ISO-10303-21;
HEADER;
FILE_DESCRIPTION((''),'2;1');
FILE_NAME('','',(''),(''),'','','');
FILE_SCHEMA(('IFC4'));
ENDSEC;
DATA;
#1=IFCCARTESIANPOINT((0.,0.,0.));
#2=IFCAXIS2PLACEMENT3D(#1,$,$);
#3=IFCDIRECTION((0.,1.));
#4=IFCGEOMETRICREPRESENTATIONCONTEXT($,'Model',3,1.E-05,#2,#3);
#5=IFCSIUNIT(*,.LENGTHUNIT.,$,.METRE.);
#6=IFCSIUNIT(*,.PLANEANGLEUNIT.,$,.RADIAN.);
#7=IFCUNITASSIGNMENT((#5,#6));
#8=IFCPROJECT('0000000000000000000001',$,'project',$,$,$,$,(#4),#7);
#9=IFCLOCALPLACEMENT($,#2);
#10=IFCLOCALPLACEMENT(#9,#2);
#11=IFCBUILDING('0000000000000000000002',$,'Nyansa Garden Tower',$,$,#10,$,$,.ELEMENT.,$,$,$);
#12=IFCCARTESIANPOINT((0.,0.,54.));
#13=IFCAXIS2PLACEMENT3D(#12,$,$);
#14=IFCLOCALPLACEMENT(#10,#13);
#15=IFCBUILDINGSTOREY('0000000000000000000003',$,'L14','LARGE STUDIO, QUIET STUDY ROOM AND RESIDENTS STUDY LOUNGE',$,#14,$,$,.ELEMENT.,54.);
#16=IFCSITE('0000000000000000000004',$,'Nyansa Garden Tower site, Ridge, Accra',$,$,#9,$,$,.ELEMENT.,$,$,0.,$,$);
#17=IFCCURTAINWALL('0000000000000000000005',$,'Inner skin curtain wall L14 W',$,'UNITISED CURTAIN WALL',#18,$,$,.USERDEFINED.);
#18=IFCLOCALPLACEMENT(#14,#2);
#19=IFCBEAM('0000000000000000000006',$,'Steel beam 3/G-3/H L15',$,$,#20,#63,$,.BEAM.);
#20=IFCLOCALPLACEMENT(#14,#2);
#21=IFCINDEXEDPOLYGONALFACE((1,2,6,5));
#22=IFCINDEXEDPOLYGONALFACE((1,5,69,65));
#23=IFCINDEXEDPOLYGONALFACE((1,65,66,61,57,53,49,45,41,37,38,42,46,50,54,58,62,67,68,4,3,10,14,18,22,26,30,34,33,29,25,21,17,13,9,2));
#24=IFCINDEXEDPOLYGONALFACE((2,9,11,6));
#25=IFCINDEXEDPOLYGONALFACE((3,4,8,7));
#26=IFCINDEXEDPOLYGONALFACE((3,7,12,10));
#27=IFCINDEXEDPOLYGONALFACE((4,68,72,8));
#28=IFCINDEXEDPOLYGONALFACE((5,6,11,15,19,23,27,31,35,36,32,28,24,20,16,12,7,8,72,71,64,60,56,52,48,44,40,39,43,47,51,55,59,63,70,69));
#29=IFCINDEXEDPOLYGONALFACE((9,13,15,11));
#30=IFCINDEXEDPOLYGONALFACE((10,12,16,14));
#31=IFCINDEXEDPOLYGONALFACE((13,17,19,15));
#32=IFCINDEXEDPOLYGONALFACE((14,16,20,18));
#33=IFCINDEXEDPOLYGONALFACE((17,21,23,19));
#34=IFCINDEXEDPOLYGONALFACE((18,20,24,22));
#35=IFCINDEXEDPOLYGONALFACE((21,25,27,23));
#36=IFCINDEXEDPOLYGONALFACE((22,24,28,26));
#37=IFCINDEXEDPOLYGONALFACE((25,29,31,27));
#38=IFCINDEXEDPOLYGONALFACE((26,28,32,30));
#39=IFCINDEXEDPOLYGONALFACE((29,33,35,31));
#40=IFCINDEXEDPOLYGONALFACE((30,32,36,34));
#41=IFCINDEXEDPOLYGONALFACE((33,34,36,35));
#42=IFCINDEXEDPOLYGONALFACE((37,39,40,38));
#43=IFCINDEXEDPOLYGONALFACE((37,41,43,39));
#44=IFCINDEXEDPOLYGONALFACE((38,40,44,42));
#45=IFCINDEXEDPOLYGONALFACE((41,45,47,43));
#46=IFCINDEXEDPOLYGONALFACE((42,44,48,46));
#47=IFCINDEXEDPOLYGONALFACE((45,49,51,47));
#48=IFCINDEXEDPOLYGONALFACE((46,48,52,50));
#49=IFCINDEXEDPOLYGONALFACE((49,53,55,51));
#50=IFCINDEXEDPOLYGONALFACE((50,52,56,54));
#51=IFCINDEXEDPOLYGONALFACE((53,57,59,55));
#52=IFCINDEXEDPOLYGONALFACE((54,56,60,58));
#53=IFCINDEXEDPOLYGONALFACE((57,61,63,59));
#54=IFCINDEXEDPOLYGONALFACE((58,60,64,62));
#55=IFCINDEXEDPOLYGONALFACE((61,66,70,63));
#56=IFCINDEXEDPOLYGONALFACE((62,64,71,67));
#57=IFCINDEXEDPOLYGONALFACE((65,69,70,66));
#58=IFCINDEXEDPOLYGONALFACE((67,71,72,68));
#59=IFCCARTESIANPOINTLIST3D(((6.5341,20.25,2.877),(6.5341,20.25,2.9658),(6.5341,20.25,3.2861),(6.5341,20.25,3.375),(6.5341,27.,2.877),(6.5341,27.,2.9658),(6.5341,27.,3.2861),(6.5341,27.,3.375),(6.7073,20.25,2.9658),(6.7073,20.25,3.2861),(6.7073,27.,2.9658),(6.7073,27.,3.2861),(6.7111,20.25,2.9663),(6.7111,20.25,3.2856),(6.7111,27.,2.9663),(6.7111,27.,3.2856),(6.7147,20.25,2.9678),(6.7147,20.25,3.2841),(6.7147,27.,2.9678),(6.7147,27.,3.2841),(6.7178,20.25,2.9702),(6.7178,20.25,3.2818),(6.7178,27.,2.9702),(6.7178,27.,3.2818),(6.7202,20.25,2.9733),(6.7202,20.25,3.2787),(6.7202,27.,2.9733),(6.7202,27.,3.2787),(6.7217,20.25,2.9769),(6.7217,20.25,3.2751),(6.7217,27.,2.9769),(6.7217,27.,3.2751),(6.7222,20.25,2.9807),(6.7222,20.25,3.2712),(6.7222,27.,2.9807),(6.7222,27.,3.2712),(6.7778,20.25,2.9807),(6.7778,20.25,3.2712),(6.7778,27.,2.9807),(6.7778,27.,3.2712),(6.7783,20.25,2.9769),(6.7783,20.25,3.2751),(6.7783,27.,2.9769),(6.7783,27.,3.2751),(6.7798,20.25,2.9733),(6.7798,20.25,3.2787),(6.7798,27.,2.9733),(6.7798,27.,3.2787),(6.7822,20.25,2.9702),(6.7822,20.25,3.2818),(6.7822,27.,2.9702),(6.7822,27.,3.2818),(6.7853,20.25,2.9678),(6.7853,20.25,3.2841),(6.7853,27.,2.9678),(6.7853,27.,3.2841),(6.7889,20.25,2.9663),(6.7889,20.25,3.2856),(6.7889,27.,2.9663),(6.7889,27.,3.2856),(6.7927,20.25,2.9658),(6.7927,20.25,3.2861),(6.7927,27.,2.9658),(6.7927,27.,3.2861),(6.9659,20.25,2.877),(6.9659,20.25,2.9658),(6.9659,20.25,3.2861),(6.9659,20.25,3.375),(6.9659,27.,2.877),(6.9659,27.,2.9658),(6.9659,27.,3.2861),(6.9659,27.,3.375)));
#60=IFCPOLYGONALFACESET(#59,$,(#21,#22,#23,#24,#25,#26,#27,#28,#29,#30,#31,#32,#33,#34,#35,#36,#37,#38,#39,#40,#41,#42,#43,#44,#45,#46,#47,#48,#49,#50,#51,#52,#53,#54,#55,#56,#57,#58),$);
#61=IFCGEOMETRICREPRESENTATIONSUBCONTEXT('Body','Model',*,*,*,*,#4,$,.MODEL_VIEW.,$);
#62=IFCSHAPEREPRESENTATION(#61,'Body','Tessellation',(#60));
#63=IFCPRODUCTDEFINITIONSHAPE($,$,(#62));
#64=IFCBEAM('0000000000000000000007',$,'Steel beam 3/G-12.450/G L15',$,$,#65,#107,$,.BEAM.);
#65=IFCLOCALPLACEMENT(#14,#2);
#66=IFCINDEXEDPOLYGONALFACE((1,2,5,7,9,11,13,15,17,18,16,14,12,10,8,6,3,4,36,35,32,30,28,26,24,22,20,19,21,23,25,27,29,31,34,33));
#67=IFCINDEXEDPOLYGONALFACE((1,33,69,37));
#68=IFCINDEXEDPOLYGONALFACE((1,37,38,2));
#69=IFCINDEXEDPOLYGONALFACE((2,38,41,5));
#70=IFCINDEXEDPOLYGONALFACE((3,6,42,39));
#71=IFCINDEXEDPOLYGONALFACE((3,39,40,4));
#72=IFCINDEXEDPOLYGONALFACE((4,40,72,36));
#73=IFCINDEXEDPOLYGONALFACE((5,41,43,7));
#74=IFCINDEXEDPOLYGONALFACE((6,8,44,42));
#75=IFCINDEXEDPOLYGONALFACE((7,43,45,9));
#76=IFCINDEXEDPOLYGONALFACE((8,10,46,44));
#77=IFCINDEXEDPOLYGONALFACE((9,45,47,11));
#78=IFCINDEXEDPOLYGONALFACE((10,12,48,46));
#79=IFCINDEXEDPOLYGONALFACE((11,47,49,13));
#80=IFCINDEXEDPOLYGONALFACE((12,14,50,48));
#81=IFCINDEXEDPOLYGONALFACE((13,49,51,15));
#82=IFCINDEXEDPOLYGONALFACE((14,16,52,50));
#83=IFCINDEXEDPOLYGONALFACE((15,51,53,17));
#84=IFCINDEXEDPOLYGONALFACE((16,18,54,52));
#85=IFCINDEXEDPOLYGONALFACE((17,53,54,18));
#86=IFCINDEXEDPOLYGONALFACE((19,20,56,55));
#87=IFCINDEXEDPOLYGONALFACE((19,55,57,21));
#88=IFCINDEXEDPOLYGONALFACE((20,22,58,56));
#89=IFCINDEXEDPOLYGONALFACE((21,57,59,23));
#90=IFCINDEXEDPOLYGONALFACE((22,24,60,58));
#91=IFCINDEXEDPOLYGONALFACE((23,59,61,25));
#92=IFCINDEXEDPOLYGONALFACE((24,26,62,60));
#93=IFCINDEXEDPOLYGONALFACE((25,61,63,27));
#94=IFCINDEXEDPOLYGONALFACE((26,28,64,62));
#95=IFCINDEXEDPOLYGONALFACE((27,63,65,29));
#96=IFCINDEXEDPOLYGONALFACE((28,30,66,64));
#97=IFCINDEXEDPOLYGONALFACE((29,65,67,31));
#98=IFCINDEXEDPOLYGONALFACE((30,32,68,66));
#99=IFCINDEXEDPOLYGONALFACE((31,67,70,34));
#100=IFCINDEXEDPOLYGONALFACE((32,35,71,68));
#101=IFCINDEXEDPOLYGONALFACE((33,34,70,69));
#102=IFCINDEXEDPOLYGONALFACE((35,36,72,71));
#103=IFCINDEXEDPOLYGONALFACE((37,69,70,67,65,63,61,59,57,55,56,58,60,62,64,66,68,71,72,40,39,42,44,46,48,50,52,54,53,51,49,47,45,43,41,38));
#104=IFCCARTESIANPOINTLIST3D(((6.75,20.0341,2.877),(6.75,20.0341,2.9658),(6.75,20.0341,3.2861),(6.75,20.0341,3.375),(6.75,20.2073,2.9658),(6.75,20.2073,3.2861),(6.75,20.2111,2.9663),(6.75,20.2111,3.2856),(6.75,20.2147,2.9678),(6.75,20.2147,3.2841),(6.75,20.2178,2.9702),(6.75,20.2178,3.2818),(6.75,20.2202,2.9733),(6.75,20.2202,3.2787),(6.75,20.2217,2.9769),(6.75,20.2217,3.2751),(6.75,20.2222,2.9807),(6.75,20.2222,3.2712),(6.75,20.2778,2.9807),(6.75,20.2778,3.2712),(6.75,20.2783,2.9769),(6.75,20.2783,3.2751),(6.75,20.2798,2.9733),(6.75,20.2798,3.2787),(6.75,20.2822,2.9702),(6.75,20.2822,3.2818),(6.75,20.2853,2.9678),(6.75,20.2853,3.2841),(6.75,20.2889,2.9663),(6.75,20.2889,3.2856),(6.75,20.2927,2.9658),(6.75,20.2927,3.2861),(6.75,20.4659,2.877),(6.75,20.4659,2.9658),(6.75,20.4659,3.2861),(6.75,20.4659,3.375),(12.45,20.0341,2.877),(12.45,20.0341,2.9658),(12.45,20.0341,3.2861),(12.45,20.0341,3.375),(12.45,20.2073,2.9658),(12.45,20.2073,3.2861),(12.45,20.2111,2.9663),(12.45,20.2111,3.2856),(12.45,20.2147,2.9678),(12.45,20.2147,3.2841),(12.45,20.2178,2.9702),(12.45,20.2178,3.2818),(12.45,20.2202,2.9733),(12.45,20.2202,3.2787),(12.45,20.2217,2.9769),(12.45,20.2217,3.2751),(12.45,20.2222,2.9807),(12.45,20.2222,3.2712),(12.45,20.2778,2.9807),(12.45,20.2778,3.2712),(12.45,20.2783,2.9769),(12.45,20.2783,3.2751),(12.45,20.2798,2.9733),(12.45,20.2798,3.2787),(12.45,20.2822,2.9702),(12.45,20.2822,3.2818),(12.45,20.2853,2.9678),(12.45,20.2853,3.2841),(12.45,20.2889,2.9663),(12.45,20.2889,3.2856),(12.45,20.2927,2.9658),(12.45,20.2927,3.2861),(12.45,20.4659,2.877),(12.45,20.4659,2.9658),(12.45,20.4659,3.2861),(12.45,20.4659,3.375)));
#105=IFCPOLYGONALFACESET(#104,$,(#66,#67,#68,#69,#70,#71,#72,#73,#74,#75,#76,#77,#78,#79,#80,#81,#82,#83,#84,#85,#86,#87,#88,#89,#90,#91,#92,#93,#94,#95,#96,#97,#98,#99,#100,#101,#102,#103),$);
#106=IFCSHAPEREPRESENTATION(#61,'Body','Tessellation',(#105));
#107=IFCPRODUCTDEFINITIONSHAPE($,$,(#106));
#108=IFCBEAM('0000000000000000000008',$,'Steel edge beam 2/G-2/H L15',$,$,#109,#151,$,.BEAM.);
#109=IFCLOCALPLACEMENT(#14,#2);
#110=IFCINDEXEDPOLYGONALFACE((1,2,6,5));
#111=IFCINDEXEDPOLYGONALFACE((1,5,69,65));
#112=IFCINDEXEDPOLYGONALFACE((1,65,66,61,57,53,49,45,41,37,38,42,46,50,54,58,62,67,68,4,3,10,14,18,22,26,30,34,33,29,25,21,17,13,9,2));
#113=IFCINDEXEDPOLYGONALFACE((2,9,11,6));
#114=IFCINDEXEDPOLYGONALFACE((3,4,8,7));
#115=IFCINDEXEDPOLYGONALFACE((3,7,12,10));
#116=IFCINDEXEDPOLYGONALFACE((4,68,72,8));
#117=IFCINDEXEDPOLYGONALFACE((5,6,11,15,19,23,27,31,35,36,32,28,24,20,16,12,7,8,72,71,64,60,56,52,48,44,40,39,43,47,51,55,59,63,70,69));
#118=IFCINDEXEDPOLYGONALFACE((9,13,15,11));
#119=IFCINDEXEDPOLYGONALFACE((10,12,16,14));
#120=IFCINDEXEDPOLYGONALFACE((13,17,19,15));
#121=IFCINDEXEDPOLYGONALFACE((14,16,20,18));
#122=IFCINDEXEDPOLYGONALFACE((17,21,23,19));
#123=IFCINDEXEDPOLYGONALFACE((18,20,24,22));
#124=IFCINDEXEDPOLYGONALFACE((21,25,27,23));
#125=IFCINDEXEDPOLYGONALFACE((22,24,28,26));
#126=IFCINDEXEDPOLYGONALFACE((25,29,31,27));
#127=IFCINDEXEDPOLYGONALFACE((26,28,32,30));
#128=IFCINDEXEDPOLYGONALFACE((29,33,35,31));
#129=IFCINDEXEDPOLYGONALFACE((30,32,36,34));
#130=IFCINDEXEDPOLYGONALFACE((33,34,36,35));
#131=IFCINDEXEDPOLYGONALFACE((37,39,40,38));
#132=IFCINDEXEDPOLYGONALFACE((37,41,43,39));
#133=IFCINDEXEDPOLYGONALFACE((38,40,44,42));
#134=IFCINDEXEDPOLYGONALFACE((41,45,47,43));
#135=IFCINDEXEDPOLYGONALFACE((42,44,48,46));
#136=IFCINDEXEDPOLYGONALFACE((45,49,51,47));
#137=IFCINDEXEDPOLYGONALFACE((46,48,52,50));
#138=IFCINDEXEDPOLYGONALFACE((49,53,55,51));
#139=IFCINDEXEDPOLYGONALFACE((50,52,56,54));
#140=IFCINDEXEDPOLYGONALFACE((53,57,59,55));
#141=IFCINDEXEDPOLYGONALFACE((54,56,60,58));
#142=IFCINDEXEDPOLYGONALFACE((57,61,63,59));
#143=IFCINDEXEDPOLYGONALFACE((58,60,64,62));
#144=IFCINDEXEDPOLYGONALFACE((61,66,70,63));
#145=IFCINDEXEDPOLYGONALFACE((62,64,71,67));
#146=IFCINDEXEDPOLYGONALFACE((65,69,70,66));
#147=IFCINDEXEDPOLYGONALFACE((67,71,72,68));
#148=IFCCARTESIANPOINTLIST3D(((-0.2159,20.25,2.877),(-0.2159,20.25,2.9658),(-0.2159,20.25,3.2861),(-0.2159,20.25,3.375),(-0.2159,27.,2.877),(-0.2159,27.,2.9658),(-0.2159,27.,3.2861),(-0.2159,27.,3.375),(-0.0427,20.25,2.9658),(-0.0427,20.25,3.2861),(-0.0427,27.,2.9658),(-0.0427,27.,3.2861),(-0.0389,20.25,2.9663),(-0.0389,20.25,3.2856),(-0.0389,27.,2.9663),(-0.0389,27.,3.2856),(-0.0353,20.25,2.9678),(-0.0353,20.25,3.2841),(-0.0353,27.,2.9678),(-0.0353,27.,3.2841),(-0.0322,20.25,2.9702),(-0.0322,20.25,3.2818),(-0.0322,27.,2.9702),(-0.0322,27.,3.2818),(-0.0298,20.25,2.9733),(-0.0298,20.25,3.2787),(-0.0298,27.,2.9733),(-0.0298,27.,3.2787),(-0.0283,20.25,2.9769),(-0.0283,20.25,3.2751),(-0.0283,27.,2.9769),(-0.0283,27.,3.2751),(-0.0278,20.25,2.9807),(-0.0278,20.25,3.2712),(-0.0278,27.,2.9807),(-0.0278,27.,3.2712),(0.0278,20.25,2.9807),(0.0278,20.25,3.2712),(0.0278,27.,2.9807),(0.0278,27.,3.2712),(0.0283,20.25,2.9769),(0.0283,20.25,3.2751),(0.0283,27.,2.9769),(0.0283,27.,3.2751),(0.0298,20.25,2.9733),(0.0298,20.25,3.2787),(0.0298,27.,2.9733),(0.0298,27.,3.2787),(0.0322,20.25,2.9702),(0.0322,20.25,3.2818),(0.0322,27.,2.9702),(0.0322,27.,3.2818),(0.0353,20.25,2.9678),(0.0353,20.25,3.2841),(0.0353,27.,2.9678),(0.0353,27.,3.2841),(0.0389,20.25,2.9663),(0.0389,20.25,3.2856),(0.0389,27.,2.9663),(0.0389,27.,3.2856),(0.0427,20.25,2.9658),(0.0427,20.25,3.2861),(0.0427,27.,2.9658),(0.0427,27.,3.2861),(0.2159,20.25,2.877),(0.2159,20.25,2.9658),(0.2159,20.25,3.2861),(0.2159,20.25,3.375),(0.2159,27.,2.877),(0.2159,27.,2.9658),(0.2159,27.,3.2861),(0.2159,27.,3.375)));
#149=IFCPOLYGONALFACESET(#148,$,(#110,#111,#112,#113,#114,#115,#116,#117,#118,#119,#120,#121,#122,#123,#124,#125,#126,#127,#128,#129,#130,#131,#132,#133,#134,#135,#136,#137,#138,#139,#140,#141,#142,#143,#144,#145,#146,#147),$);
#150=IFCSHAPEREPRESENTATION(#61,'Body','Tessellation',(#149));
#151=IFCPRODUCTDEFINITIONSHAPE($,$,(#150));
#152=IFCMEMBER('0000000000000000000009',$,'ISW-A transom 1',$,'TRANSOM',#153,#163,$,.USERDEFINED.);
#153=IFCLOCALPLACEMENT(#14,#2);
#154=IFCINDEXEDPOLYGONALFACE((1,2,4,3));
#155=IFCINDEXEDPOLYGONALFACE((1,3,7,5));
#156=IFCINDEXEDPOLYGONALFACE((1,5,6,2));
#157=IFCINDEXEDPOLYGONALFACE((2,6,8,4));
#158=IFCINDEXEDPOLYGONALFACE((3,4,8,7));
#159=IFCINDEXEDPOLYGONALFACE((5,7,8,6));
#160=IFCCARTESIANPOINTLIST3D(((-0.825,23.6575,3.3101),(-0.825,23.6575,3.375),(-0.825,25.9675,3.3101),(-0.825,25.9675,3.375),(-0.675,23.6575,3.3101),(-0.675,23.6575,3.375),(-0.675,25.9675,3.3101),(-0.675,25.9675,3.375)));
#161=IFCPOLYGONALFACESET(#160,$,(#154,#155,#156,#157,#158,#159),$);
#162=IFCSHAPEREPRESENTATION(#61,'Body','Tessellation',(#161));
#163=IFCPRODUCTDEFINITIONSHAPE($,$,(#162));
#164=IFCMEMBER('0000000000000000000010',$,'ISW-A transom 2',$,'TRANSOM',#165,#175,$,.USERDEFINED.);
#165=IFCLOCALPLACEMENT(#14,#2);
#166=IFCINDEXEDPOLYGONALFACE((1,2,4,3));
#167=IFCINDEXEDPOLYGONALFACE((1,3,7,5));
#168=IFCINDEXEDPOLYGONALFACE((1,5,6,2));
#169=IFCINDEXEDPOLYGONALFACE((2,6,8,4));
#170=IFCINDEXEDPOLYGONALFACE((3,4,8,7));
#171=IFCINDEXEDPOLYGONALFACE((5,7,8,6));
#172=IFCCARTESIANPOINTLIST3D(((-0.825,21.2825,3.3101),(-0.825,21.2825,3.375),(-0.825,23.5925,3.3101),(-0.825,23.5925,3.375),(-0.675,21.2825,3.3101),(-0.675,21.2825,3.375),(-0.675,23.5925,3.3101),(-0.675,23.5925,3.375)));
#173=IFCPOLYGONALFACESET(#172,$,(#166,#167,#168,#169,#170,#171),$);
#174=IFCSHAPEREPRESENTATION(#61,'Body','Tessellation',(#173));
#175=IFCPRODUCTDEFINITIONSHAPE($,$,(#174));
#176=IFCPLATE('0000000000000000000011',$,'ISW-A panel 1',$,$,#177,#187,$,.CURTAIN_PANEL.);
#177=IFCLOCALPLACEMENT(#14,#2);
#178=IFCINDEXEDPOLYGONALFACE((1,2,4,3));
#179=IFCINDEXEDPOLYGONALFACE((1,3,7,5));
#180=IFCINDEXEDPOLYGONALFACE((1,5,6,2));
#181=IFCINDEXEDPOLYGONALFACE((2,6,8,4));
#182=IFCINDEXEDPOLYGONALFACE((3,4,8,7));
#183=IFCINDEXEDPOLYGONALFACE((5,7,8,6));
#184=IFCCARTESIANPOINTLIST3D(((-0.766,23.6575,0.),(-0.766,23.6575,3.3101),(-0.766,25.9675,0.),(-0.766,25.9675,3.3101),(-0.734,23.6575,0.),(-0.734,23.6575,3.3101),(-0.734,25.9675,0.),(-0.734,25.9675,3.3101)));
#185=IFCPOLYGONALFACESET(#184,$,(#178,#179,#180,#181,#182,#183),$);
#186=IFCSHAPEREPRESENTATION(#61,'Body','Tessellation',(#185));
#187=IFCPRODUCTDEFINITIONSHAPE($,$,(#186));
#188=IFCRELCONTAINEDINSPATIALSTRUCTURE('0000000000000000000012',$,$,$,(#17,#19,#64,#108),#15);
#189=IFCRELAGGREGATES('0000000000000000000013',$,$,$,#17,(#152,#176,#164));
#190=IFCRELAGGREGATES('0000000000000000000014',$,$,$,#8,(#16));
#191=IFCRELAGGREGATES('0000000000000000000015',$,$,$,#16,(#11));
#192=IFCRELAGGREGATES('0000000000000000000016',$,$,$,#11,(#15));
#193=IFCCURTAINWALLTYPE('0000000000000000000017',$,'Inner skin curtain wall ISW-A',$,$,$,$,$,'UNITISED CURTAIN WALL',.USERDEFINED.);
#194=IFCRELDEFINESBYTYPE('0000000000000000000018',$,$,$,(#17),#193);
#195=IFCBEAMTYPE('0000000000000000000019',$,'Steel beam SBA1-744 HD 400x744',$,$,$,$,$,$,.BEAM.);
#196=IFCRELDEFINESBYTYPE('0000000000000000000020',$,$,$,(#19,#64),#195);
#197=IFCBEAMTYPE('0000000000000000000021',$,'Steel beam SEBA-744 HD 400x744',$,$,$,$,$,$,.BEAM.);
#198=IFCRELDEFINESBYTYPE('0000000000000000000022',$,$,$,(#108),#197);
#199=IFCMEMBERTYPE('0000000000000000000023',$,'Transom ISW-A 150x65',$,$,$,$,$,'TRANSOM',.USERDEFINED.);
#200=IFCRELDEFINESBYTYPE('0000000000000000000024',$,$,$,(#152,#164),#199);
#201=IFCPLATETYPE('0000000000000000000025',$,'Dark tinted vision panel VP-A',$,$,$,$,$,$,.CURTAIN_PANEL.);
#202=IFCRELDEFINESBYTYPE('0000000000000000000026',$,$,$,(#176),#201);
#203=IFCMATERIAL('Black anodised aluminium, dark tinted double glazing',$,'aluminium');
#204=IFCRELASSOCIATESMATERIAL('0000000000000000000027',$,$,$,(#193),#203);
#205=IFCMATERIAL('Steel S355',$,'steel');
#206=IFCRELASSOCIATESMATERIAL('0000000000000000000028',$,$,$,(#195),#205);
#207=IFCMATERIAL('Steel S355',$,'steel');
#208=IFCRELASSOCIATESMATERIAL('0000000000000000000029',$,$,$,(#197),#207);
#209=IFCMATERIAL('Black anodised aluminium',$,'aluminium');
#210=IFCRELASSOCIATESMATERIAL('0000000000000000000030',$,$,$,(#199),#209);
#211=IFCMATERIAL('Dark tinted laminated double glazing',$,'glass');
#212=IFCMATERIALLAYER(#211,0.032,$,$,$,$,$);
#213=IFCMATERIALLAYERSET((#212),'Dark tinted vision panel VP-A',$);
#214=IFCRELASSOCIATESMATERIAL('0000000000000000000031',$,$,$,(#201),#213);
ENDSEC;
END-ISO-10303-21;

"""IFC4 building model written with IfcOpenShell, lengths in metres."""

from ifc_helpers import new_model, si_unit, direction, frame, origin, origin_2d, place, context, subcontext, project, spatial, rectangle, i_section, extrude, material, layer, layer_set, material_profile, profile_set, type_object, element, aggregate, save


model = new_model("IFC4")

# Units and contexts
model_context = context("Model", 3, precision=1e-05, world=origin(), true_north=direction((0.0, 1.0)))
body_context = subcontext(model_context, "Body", "Model", "MODEL_VIEW")
ifc_project = project(units=[si_unit("LENGTHUNIT", "METRE"), si_unit("PLANEANGLEUNIT", "RADIAN")], contexts=[model_context])

# Site, building, storey
site_placement = place(None, origin())
site = spatial("IfcSite", under=ifc_project, at=site_placement, Name="Nyansa Garden Tower site, Ridge, Accra", CompositionType="ELEMENT", RefElevation=0.0)
building_placement = place(site_placement, origin())
building = spatial("IfcBuilding", under=site, at=building_placement, Name="Nyansa Garden Tower", CompositionType="ELEMENT")
storey_placement = place(building_placement, frame((0.0, 0.0, 54.0)))
storey = spatial("IfcBuildingStorey", under=building, at=storey_placement, Name="L14", Description="LARGE STUDIO, QUIET STUDY ROOM AND RESIDENTS STUDY LOUNGE", CompositionType="ELEMENT", Elevation=54.0)

# Curtain wall
ifc_material_1 = material(Name="Black anodised aluminium, dark tinted double glazing", Category="aluminium")
curtain_wall_type = type_object("IfcCurtainWallType", Name="Inner skin curtain wall ISW-A", ElementType="UNITISED CURTAIN WALL", PredefinedType="USERDEFINED", material=ifc_material_1)
curtain_wall_placement = place(storey_placement, origin())
curtain_wall = element("IfcCurtainWall", 1, at=curtain_wall_placement, inside=storey, type_object=curtain_wall_type, Name="Inner skin curtain wall L14 W", ObjectType="UNITISED CURTAIN WALL", PredefinedType="USERDEFINED")

# Beams
ifc_material_2 = material(Name="Steel S355", Category="steel")
ifc_material_profile_1 = material_profile(ifc_material_2, i_section(OverallWidth=0.4319, OverallDepth=0.498, WebThickness=0.0557, FlangeThickness=0.0889, FilletRadius=0.0149, at=origin_2d()), Name="HD 400x744")
ifc_profile_set_1 = profile_set([ifc_material_profile_1], Name="Steel S355")
beam_type_1 = type_object("IfcBeamType", Name="Steel beam SBA1-744 HD 400x744", PredefinedType="BEAM", material=ifc_profile_set_1)
for number, where, z_axis, x_axis, name in (
    (2, (6.75, 20.25, 3.126), (0.0, 1.0, 0.0), (-1.0, 0.0, 0.0), "Steel beam 3/G-3/H L15"),
):
    element("IfcBeam", number, at=place(storey_placement, frame(where, z_axis=z_axis, x_axis=x_axis)), inside=storey, type_object=beam_type_1, Name=name, PredefinedType="BEAM", context=body_context, shape_type="SweptSolid", body=[
        extrude(i_section(OverallWidth=0.4319, OverallDepth=0.498, WebThickness=0.0557, FlangeThickness=0.0889, FilletRadius=0.0149, at=origin_2d()), origin(), (0.0, 0.0, 1.0), 6.75),
    ])
beam_1_placement = place(storey_placement, frame((6.75, 20.25, 3.126), z_axis=(1.0, 0.0, 0.0), x_axis=(0.0, 1.0, 0.0)))
element("IfcBeam", 3, at=beam_1_placement, inside=storey, type_object=beam_type_1, Name="Steel beam 3/G-12.450/G L15", PredefinedType="BEAM", context=body_context, shape_type="SweptSolid", body=[
    extrude(i_section(OverallWidth=0.4319, OverallDepth=0.498, WebThickness=0.0557, FlangeThickness=0.0889, FilletRadius=0.0149, at=origin_2d()), origin(), (0.0, 0.0, 1.0), 5.7),
])
ifc_material_3 = material(Name="Steel S355", Category="steel")
ifc_material_profile_2 = material_profile(ifc_material_3, i_section(OverallWidth=0.4319, OverallDepth=0.498, WebThickness=0.0557, FlangeThickness=0.0889, FilletRadius=0.0149, at=origin_2d()), Name="HD 400x744")
ifc_profile_set_2 = profile_set([ifc_material_profile_2], Name="Steel S355")
beam_type_2 = type_object("IfcBeamType", Name="Steel beam SEBA-744 HD 400x744", PredefinedType="BEAM", material=ifc_profile_set_2)
beam_2_placement = place(storey_placement, frame((0.0, 20.25, 3.126), z_axis=(0.0, 1.0, 0.0), x_axis=(-1.0, 0.0, 0.0)))
element("IfcBeam", 4, at=beam_2_placement, inside=storey, type_object=beam_type_2, Name="Steel edge beam 2/G-2/H L15", PredefinedType="BEAM", context=body_context, shape_type="SweptSolid", body=[
    extrude(i_section(OverallWidth=0.4319, OverallDepth=0.498, WebThickness=0.0557, FlangeThickness=0.0889, FilletRadius=0.0149, at=origin_2d()), origin(), (0.0, 0.0, 1.0), 6.75),
])

# Members
ifc_material_4 = material(Name="Black anodised aluminium", Category="aluminium")
ifc_material_profile_3 = material_profile(ifc_material_4, rectangle(XDim=0.1499, YDim=0.0649, at=origin_2d()), Name="Transom 150x65")
ifc_profile_set_3 = profile_set([ifc_material_profile_3], Name="Black anodised aluminium")
member_type_1 = type_object("IfcMemberType", Name="Transom ISW-A 150x65", ElementType="TRANSOM", PredefinedType="USERDEFINED", material=ifc_profile_set_3)
member_1_placement = place(storey_placement, frame((-0.75, 25.9675, 3.3425), z_axis=(0.0, -1.0, 0.0), x_axis=(1.0, 0.0, 0.0)))
member_1 = element("IfcMember", 5, at=member_1_placement, type_object=member_type_1, Name="ISW-A transom 1", ObjectType="TRANSOM", PredefinedType="USERDEFINED", context=body_context, shape_type="SweptSolid", body=[
    extrude(rectangle(XDim=0.1499, YDim=0.0649, at=origin_2d()), origin(), (0.0, 0.0, 1.0), 2.3101),
])
member_2_placement = place(storey_placement, frame((-0.75, 23.5925, 3.3425), z_axis=(0.0, -1.0, 0.0), x_axis=(1.0, 0.0, 0.0)))
member_2 = element("IfcMember", 6, at=member_2_placement, type_object=member_type_1, Name="ISW-A transom 2", ObjectType="TRANSOM", PredefinedType="USERDEFINED", context=body_context, shape_type="SweptSolid", body=[
    extrude(rectangle(XDim=0.1499, YDim=0.0649, at=origin_2d()), origin(), (0.0, 0.0, 1.0), 2.3101),
])

# Plate
ifc_material_5 = material(Name="Dark tinted laminated double glazing", Category="glass")
ifc_layer_1 = layer(ifc_material_5, 0.032)
ifc_layer_set_1 = layer_set([ifc_layer_1], Name="Dark tinted vision panel VP-A")
plate_type_1 = type_object("IfcPlateType", Name="Dark tinted vision panel VP-A", PredefinedType="CURTAIN_PANEL", material=ifc_layer_set_1)
plate_1_placement = place(storey_placement, frame((-0.75, 24.8125, 0.0), z_axis=(0.0, 0.0, 1.0), x_axis=(0.0, -1.0, 0.0)))
plate_1 = element("IfcPlate", 7, at=plate_1_placement, type_object=plate_type_1, Name="ISW-A panel 1", PredefinedType="CURTAIN_PANEL", context=body_context, shape_type="SweptSolid", body=[
    extrude(rectangle(XDim=2.3101, YDim=0.032, at=origin_2d()), origin(), (0.0, 0.0, 1.0), 3.3101),
])
aggregate(curtain_wall, [member_1, plate_1, member_2])

save(model, "model.ifc")
